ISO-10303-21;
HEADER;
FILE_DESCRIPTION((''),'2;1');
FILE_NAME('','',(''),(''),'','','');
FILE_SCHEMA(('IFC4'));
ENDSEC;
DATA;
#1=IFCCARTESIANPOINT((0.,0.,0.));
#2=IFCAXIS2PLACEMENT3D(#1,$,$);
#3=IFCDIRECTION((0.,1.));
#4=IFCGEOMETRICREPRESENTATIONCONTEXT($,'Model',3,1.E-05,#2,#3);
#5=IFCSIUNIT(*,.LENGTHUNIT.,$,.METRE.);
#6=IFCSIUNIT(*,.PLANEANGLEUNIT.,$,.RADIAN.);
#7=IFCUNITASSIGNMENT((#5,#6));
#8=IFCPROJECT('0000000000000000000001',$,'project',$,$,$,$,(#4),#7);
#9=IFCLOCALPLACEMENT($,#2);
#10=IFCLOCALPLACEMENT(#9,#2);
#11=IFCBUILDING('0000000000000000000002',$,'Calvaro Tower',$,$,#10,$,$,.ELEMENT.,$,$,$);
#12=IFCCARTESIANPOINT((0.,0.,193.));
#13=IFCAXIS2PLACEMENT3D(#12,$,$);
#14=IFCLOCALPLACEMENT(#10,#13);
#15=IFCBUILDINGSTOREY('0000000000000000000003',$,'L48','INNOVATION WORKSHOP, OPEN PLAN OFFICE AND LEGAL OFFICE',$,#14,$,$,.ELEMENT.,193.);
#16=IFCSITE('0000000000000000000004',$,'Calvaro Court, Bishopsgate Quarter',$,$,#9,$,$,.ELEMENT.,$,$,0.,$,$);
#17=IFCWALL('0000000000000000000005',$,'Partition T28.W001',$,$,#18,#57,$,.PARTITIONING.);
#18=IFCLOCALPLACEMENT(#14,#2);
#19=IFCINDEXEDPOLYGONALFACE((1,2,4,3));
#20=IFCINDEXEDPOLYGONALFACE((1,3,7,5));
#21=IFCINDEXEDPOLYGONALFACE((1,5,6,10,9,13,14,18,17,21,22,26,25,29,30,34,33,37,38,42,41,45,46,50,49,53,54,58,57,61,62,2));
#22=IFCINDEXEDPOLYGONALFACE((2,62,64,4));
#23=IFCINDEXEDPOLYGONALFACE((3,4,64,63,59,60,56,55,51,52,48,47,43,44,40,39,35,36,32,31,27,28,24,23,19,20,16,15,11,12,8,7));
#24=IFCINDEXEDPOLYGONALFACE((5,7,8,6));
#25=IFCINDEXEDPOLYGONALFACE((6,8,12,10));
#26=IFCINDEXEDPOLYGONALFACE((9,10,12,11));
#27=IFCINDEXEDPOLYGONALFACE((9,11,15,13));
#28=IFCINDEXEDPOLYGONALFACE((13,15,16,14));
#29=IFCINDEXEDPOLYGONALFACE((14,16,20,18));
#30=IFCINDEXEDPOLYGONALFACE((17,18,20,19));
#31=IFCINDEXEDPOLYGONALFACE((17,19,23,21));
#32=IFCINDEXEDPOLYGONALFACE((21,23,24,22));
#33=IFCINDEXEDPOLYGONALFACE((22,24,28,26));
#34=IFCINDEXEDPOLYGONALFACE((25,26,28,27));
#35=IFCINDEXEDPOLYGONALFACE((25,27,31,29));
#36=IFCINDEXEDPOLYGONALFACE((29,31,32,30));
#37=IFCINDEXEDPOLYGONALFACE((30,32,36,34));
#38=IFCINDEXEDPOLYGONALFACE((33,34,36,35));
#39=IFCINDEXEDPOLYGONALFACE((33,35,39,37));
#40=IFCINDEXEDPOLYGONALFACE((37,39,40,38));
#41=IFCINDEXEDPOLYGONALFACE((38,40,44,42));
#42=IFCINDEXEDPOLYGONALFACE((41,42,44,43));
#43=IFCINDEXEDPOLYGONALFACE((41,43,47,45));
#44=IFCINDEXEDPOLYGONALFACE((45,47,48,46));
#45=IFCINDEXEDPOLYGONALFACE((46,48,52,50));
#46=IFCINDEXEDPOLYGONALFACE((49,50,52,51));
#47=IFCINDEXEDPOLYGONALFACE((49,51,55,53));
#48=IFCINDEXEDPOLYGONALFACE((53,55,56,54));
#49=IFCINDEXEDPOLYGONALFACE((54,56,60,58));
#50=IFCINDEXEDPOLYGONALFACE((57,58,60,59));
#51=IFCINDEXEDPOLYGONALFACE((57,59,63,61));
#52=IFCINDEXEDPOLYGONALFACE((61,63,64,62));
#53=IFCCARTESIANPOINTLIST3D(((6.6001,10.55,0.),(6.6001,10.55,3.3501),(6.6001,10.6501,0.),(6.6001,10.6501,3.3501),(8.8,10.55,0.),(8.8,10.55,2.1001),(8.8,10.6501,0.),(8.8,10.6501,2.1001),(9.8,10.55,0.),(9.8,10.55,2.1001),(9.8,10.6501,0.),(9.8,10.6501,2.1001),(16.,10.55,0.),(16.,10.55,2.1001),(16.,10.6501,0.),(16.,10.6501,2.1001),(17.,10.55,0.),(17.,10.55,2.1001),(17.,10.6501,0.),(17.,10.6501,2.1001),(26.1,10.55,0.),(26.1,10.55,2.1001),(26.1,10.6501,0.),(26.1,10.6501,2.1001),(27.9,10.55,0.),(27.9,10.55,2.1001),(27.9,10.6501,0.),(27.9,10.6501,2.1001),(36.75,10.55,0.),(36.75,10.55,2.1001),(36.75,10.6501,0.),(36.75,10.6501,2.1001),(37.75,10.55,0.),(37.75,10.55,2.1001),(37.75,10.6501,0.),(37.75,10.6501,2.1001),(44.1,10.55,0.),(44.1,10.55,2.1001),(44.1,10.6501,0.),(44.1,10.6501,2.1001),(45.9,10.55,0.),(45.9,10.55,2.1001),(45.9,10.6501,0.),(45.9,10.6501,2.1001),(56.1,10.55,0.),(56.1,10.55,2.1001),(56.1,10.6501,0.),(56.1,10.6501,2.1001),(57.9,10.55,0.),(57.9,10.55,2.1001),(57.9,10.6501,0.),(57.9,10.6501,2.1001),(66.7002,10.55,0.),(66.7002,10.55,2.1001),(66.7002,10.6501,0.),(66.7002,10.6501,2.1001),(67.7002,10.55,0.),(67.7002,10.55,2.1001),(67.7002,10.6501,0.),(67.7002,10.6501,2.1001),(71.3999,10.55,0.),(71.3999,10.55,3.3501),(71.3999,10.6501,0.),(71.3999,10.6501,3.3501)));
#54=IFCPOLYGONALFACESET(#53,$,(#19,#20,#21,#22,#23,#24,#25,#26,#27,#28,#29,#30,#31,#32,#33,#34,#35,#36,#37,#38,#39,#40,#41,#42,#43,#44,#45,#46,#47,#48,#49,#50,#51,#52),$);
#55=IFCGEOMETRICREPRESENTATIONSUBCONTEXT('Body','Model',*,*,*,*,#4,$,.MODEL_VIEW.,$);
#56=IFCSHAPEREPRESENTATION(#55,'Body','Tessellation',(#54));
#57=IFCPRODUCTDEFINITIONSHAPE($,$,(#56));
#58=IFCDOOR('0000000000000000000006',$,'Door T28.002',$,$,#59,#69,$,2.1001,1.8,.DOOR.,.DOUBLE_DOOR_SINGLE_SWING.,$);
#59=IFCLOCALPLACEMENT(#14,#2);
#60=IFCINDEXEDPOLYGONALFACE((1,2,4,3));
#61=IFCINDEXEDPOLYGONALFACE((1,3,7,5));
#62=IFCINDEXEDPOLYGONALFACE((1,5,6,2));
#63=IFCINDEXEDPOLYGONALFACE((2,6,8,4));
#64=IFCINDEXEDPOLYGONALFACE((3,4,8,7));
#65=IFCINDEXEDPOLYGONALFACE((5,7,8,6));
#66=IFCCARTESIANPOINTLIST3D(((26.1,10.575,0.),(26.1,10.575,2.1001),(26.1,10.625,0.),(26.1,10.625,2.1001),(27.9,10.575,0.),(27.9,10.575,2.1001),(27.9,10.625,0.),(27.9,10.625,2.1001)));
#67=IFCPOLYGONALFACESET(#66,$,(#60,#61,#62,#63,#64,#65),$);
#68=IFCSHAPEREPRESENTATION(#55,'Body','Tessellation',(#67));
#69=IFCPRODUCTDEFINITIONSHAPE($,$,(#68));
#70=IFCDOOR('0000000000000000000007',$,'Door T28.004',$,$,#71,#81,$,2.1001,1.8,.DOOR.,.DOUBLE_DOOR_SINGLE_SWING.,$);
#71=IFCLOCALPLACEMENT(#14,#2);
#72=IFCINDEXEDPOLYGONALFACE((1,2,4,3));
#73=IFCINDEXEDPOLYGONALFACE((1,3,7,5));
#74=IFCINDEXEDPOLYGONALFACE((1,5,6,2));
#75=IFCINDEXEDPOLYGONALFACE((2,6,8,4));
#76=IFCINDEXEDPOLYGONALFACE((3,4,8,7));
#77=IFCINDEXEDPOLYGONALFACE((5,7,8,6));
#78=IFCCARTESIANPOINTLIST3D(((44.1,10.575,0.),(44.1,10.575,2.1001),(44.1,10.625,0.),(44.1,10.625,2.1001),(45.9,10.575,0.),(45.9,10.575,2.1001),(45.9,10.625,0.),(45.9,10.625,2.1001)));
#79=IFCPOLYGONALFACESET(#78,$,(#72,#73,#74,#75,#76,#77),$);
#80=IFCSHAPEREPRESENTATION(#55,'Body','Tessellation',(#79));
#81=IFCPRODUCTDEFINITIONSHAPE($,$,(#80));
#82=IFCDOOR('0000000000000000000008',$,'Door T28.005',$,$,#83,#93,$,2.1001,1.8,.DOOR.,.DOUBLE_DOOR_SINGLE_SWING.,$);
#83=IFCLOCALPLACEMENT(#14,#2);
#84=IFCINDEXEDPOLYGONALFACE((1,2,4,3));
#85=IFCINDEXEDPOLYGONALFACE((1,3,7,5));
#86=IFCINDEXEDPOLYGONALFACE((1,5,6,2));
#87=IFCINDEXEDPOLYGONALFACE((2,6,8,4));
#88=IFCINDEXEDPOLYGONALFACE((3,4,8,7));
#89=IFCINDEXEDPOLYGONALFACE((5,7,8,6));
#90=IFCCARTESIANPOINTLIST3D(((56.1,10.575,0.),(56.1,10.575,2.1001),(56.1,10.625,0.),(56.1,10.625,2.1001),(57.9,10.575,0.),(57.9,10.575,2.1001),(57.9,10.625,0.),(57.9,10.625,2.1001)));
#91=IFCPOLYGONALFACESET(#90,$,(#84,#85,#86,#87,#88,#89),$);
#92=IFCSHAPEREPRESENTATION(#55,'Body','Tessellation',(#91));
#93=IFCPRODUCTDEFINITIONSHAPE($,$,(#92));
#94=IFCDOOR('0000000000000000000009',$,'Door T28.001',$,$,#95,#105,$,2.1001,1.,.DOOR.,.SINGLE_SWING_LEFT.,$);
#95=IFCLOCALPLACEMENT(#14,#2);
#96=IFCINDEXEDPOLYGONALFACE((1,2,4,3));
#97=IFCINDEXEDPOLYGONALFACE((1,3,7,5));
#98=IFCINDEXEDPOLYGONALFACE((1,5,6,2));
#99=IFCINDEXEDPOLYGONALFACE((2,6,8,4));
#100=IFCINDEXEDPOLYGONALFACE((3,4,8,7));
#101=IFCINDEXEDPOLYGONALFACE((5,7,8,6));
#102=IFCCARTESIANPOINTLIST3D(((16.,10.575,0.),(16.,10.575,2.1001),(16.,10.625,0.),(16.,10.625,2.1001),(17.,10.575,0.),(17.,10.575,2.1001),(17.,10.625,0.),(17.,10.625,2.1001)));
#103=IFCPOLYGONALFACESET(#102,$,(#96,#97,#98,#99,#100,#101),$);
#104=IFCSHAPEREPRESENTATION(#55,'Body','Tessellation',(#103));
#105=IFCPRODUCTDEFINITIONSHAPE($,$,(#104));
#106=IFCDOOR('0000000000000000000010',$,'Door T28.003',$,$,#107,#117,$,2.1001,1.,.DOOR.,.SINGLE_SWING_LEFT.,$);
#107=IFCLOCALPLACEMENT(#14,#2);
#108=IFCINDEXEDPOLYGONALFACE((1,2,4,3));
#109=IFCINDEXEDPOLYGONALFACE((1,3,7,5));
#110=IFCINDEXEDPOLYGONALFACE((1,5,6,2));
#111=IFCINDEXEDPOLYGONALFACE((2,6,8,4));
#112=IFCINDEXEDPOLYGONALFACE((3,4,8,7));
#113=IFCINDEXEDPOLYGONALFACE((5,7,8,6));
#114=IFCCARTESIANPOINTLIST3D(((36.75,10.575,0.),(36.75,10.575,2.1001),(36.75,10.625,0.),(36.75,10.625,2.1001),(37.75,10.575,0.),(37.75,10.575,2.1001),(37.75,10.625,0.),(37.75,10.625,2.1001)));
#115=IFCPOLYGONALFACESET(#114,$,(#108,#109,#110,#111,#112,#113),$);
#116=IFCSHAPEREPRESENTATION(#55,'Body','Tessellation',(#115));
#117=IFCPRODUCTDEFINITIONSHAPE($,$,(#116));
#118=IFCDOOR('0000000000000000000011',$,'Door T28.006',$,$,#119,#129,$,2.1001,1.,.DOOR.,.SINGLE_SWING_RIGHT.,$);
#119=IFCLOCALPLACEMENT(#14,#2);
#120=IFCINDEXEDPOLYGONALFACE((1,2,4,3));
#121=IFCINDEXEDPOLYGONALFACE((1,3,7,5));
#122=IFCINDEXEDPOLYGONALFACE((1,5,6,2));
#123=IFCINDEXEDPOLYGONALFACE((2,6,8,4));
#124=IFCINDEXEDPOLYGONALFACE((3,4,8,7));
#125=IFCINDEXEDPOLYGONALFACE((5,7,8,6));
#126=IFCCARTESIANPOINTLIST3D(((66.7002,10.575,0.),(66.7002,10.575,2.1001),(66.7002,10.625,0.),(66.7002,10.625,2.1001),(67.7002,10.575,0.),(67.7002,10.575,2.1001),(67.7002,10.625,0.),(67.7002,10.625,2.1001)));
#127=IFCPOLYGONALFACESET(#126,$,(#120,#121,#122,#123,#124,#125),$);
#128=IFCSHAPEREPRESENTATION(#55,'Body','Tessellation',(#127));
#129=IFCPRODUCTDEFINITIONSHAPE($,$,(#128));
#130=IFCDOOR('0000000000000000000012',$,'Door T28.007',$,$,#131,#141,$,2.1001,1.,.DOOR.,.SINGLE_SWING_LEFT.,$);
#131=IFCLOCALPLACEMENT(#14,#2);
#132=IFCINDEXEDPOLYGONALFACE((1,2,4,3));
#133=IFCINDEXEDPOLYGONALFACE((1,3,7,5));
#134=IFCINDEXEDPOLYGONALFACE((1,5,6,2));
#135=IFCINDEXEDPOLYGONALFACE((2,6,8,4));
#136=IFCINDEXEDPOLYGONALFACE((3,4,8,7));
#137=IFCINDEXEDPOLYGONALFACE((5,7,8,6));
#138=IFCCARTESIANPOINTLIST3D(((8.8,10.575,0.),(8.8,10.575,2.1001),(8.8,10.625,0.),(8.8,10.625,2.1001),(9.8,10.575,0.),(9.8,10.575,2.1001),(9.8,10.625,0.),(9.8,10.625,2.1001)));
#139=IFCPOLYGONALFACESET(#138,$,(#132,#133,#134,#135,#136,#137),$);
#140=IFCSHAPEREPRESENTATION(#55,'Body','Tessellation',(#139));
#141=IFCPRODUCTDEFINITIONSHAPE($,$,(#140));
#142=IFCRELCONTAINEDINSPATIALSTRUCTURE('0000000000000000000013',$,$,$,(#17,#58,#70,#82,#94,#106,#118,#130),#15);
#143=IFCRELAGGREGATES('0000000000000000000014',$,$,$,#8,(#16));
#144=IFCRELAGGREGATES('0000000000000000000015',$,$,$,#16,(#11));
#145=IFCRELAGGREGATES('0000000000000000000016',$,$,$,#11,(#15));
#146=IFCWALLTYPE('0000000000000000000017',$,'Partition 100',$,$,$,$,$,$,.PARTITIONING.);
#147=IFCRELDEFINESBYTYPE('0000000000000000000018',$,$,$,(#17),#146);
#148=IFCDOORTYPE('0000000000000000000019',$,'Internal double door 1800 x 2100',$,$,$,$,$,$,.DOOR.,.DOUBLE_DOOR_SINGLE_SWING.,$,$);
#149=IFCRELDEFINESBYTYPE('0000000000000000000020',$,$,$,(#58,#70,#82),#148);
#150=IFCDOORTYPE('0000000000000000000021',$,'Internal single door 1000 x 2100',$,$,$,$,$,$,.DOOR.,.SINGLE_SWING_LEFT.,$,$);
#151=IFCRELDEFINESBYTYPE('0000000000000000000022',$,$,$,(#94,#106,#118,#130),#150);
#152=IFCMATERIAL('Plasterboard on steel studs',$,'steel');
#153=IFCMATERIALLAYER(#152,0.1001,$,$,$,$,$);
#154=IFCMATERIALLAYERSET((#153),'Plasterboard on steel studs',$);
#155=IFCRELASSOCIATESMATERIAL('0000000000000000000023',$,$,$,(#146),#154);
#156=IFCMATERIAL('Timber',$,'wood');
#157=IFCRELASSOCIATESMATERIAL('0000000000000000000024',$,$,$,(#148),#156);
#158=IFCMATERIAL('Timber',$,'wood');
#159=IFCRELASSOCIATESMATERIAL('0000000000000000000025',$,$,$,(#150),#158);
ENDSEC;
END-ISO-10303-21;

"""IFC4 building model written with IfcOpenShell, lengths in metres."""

from ifc_helpers import new_model, si_unit, direction, frame, frame_2d, origin, place, context, subcontext, project, spatial, rectangle, extrude, material, layer, layer_set, type_object, element, fill, save


model = new_model("IFC4")

# Units and contexts
model_context = context("Model", 3, precision=1e-05, world=origin(), true_north=direction((0.0, 1.0)))
body_context = subcontext(model_context, "Body", "Model", "MODEL_VIEW")
ifc_project = project(units=[si_unit("LENGTHUNIT", "METRE"), si_unit("PLANEANGLEUNIT", "RADIAN")], contexts=[model_context])

# Site, building, storey
site_placement = place(None, origin())
site = spatial("IfcSite", under=ifc_project, at=site_placement, Name="Calvaro Court, Bishopsgate Quarter", CompositionType="ELEMENT", RefElevation=0.0)
building_placement = place(site_placement, origin())
building = spatial("IfcBuilding", under=site, at=building_placement, Name="Calvaro Tower", CompositionType="ELEMENT")
storey_placement = place(building_placement, frame((0.0, 0.0, 193.0)))
storey = spatial("IfcBuildingStorey", under=building, at=storey_placement, Name="L48", Description="INNOVATION WORKSHOP, OPEN PLAN OFFICE AND LEGAL OFFICE", CompositionType="ELEMENT", Elevation=193.0)

# Wall, openings, doors
ifc_material_1 = material(Name="Plasterboard on steel studs", Category="steel")
ifc_layer_1 = layer(ifc_material_1, 0.1001)
ifc_layer_set_1 = layer_set([ifc_layer_1], Name="Plasterboard on steel studs")
wall_type_1 = type_object("IfcWallType", Name="Partition 100", PredefinedType="PARTITIONING", material=ifc_layer_set_1)
wall_1_placement = place(storey_placement, frame((6.6001, 10.6001, 0.0), z_axis=(0.0, 0.0, 1.0), x_axis=(1.0, 0.0, 0.0)))
wall_1 = element("IfcWall", 1, at=wall_1_placement, inside=storey, type_object=wall_type_1, Name="Partition T28.W001", PredefinedType="PARTITIONING", context=body_context, shape_type="SweptSolid", body=[
    extrude(rectangle(XDim=64.7998, YDim=0.1001, at=frame_2d((32.3999, 0.0))), origin(), (0.0, 0.0, 1.0), 3.3501),
])
opening_1_placement = place(wall_1_placement, frame((9.3999, 0.0, 0.0)))
opening_1 = element("IfcOpeningElement", 2, at=opening_1_placement, cuts=wall_1, PredefinedType="OPENING", context=body_context, shape_type="SweptSolid", body=[
    extrude(rectangle(XDim=1.0, YDim=2.1001, at=frame_2d((0.5, 1.05))), frame((0.0, 0.0601, 0.0), z_axis=(0.0, -1.0, 0.0), x_axis=(1.0, 0.0, 0.0)), (0.0, 0.0, 1.0), 0.1201),
])
opening_2_placement = place(wall_1_placement, frame((19.5, 0.0, 0.0)))
opening_2 = element("IfcOpeningElement", 3, at=opening_2_placement, cuts=wall_1, PredefinedType="OPENING", context=body_context, shape_type="SweptSolid", body=[
    extrude(rectangle(XDim=1.8, YDim=2.1001, at=frame_2d((0.8999, 1.05))), frame((0.0, 0.0601, 0.0), z_axis=(0.0, -1.0, 0.0), x_axis=(1.0, 0.0, 0.0)), (0.0, 0.0, 1.0), 0.1201),
])
opening_3_placement = place(wall_1_placement, frame((30.1499, 0.0, 0.0)))
opening_3 = element("IfcOpeningElement", 4, at=opening_3_placement, cuts=wall_1, PredefinedType="OPENING", context=body_context, shape_type="SweptSolid", body=[
    extrude(rectangle(XDim=1.0, YDim=2.1001, at=frame_2d((0.5, 1.05))), frame((0.0, 0.0601, 0.0), z_axis=(0.0, -1.0, 0.0), x_axis=(1.0, 0.0, 0.0)), (0.0, 0.0, 1.0), 0.1201),
])
opening_4_placement = place(wall_1_placement, frame((37.5, 0.0, 0.0)))
opening_4 = element("IfcOpeningElement", 5, at=opening_4_placement, cuts=wall_1, PredefinedType="OPENING", context=body_context, shape_type="SweptSolid", body=[
    extrude(rectangle(XDim=1.8, YDim=2.1001, at=frame_2d((0.8999, 1.05))), frame((0.0, 0.0601, 0.0), z_axis=(0.0, -1.0, 0.0), x_axis=(1.0, 0.0, 0.0)), (0.0, 0.0, 1.0), 0.1201),
])
opening_5_placement = place(wall_1_placement, frame((49.5, 0.0, 0.0)))
opening_5 = element("IfcOpeningElement", 6, at=opening_5_placement, cuts=wall_1, PredefinedType="OPENING", context=body_context, shape_type="SweptSolid", body=[
    extrude(rectangle(XDim=1.8, YDim=2.1001, at=frame_2d((0.8999, 1.05))), frame((0.0, 0.0601, 0.0), z_axis=(0.0, -1.0, 0.0), x_axis=(1.0, 0.0, 0.0)), (0.0, 0.0, 1.0), 0.1201),
])
opening_6_placement = place(wall_1_placement, frame((60.1001, 0.0, 0.0)))
opening_6 = element("IfcOpeningElement", 7, at=opening_6_placement, cuts=wall_1, PredefinedType="OPENING", context=body_context, shape_type="SweptSolid", body=[
    extrude(rectangle(XDim=1.0, YDim=2.1001, at=frame_2d((0.5, 1.05))), frame((0.0, 0.0601, 0.0), z_axis=(0.0, -1.0, 0.0), x_axis=(1.0, 0.0, 0.0)), (0.0, 0.0, 1.0), 0.1201),
])
opening_7_placement = place(wall_1_placement, frame((2.2, 0.0, 0.0)))
opening_7 = element("IfcOpeningElement", 8, at=opening_7_placement, cuts=wall_1, PredefinedType="OPENING", context=body_context, shape_type="SweptSolid", body=[
    extrude(rectangle(XDim=1.0, YDim=2.1001, at=frame_2d((0.5, 1.05))), frame((0.0, 0.0601, 0.0), z_axis=(0.0, -1.0, 0.0), x_axis=(1.0, 0.0, 0.0)), (0.0, 0.0, 1.0), 0.1201),
])
ifc_material_2 = material(Name="Timber", Category="wood")
door_type_1 = type_object("IfcDoorType", Name="Internal double door 1800 x 2100", OperationType="DOUBLE_DOOR_SINGLE_SWING", PredefinedType="DOOR", material=ifc_material_2)
door_1_placement = place(opening_2_placement, origin())
door_1 = element("IfcDoor", 9, at=door_1_placement, inside=storey, type_object=door_type_1, Name="Door T28.002", OperationType="DOUBLE_DOOR_SINGLE_SWING", OverallHeight=2.1001, OverallWidth=1.8, PredefinedType="DOOR", context=body_context, shape_type="SweptSolid", body=[
    extrude(rectangle(XDim=1.8, YDim=2.1001, at=frame_2d((0.8999, 1.05))), frame((0.0, 0.0249, 0.0), z_axis=(0.0, -1.0, 0.0), x_axis=(1.0, 0.0, 0.0)), (0.0, 0.0, 1.0), 0.05),
])
fill(opening_2, door_1)
door_2_placement = place(opening_4_placement, origin())
door_2 = element("IfcDoor", 10, at=door_2_placement, inside=storey, type_object=door_type_1, Name="Door T28.004", OperationType="DOUBLE_DOOR_SINGLE_SWING", OverallHeight=2.1001, OverallWidth=1.8, PredefinedType="DOOR", context=body_context, shape_type="SweptSolid", body=[
    extrude(rectangle(XDim=1.8, YDim=2.1001, at=frame_2d((0.8999, 1.05))), frame((0.0, 0.0249, 0.0), z_axis=(0.0, -1.0, 0.0), x_axis=(1.0, 0.0, 0.0)), (0.0, 0.0, 1.0), 0.05),
])
fill(opening_4, door_2)
door_3_placement = place(opening_5_placement, origin())
door_3 = element("IfcDoor", 11, at=door_3_placement, inside=storey, type_object=door_type_1, Name="Door T28.005", OperationType="DOUBLE_DOOR_SINGLE_SWING", OverallHeight=2.1001, OverallWidth=1.8, PredefinedType="DOOR", context=body_context, shape_type="SweptSolid", body=[
    extrude(rectangle(XDim=1.8, YDim=2.1001, at=frame_2d((0.8999, 1.05))), frame((0.0, 0.0249, 0.0), z_axis=(0.0, -1.0, 0.0), x_axis=(1.0, 0.0, 0.0)), (0.0, 0.0, 1.0), 0.05),
])
fill(opening_5, door_3)
ifc_material_3 = material(Name="Timber", Category="wood")
door_type_2 = type_object("IfcDoorType", Name="Internal single door 1000 x 2100", OperationType="SINGLE_SWING_LEFT", PredefinedType="DOOR", material=ifc_material_3)
door_4_placement = place(opening_1_placement, origin())
door_4 = element("IfcDoor", 12, at=door_4_placement, inside=storey, type_object=door_type_2, Name="Door T28.001", OperationType="SINGLE_SWING_LEFT", OverallHeight=2.1001, OverallWidth=1.0, PredefinedType="DOOR", context=body_context, shape_type="SweptSolid", body=[
    extrude(rectangle(XDim=1.0, YDim=2.1001, at=frame_2d((0.5, 1.05))), frame((0.0, 0.0249, 0.0), z_axis=(0.0, -1.0, 0.0), x_axis=(1.0, 0.0, 0.0)), (0.0, 0.0, 1.0), 0.05),
])
fill(opening_1, door_4)
door_5_placement = place(opening_3_placement, origin())
door_5 = element("IfcDoor", 13, at=door_5_placement, inside=storey, type_object=door_type_2, Name="Door T28.003", OperationType="SINGLE_SWING_LEFT", OverallHeight=2.1001, OverallWidth=1.0, PredefinedType="DOOR", context=body_context, shape_type="SweptSolid", body=[
    extrude(rectangle(XDim=1.0, YDim=2.1001, at=frame_2d((0.5, 1.05))), frame((0.0, 0.0249, 0.0), z_axis=(0.0, -1.0, 0.0), x_axis=(1.0, 0.0, 0.0)), (0.0, 0.0, 1.0), 0.05),
])
fill(opening_3, door_5)
door_6_placement = place(opening_6_placement, origin())
door_6 = element("IfcDoor", 14, at=door_6_placement, inside=storey, type_object=door_type_2, Name="Door T28.006", OperationType="SINGLE_SWING_RIGHT", OverallHeight=2.1001, OverallWidth=1.0, PredefinedType="DOOR", context=body_context, shape_type="SweptSolid", body=[
    extrude(rectangle(XDim=1.0, YDim=2.1001, at=frame_2d((0.5, 1.05))), frame((0.0, 0.0249, 0.0), z_axis=(0.0, -1.0, 0.0), x_axis=(1.0, 0.0, 0.0)), (0.0, 0.0, 1.0), 0.05),
])
fill(opening_6, door_6)
door_7_placement = place(opening_7_placement, origin())
door_7 = element("IfcDoor", 15, at=door_7_placement, inside=storey, type_object=door_type_2, Name="Door T28.007", OperationType="SINGLE_SWING_LEFT", OverallHeight=2.1001, OverallWidth=1.0, PredefinedType="DOOR", context=body_context, shape_type="SweptSolid", body=[
    extrude(rectangle(XDim=1.0, YDim=2.1001, at=frame_2d((0.5, 1.05))), frame((0.0, 0.0249, 0.0), z_axis=(0.0, -1.0, 0.0), x_axis=(1.0, 0.0, 0.0)), (0.0, 0.0, 1.0), 0.05),
])
fill(opening_7, door_7)

save(model, "model.ifc")
